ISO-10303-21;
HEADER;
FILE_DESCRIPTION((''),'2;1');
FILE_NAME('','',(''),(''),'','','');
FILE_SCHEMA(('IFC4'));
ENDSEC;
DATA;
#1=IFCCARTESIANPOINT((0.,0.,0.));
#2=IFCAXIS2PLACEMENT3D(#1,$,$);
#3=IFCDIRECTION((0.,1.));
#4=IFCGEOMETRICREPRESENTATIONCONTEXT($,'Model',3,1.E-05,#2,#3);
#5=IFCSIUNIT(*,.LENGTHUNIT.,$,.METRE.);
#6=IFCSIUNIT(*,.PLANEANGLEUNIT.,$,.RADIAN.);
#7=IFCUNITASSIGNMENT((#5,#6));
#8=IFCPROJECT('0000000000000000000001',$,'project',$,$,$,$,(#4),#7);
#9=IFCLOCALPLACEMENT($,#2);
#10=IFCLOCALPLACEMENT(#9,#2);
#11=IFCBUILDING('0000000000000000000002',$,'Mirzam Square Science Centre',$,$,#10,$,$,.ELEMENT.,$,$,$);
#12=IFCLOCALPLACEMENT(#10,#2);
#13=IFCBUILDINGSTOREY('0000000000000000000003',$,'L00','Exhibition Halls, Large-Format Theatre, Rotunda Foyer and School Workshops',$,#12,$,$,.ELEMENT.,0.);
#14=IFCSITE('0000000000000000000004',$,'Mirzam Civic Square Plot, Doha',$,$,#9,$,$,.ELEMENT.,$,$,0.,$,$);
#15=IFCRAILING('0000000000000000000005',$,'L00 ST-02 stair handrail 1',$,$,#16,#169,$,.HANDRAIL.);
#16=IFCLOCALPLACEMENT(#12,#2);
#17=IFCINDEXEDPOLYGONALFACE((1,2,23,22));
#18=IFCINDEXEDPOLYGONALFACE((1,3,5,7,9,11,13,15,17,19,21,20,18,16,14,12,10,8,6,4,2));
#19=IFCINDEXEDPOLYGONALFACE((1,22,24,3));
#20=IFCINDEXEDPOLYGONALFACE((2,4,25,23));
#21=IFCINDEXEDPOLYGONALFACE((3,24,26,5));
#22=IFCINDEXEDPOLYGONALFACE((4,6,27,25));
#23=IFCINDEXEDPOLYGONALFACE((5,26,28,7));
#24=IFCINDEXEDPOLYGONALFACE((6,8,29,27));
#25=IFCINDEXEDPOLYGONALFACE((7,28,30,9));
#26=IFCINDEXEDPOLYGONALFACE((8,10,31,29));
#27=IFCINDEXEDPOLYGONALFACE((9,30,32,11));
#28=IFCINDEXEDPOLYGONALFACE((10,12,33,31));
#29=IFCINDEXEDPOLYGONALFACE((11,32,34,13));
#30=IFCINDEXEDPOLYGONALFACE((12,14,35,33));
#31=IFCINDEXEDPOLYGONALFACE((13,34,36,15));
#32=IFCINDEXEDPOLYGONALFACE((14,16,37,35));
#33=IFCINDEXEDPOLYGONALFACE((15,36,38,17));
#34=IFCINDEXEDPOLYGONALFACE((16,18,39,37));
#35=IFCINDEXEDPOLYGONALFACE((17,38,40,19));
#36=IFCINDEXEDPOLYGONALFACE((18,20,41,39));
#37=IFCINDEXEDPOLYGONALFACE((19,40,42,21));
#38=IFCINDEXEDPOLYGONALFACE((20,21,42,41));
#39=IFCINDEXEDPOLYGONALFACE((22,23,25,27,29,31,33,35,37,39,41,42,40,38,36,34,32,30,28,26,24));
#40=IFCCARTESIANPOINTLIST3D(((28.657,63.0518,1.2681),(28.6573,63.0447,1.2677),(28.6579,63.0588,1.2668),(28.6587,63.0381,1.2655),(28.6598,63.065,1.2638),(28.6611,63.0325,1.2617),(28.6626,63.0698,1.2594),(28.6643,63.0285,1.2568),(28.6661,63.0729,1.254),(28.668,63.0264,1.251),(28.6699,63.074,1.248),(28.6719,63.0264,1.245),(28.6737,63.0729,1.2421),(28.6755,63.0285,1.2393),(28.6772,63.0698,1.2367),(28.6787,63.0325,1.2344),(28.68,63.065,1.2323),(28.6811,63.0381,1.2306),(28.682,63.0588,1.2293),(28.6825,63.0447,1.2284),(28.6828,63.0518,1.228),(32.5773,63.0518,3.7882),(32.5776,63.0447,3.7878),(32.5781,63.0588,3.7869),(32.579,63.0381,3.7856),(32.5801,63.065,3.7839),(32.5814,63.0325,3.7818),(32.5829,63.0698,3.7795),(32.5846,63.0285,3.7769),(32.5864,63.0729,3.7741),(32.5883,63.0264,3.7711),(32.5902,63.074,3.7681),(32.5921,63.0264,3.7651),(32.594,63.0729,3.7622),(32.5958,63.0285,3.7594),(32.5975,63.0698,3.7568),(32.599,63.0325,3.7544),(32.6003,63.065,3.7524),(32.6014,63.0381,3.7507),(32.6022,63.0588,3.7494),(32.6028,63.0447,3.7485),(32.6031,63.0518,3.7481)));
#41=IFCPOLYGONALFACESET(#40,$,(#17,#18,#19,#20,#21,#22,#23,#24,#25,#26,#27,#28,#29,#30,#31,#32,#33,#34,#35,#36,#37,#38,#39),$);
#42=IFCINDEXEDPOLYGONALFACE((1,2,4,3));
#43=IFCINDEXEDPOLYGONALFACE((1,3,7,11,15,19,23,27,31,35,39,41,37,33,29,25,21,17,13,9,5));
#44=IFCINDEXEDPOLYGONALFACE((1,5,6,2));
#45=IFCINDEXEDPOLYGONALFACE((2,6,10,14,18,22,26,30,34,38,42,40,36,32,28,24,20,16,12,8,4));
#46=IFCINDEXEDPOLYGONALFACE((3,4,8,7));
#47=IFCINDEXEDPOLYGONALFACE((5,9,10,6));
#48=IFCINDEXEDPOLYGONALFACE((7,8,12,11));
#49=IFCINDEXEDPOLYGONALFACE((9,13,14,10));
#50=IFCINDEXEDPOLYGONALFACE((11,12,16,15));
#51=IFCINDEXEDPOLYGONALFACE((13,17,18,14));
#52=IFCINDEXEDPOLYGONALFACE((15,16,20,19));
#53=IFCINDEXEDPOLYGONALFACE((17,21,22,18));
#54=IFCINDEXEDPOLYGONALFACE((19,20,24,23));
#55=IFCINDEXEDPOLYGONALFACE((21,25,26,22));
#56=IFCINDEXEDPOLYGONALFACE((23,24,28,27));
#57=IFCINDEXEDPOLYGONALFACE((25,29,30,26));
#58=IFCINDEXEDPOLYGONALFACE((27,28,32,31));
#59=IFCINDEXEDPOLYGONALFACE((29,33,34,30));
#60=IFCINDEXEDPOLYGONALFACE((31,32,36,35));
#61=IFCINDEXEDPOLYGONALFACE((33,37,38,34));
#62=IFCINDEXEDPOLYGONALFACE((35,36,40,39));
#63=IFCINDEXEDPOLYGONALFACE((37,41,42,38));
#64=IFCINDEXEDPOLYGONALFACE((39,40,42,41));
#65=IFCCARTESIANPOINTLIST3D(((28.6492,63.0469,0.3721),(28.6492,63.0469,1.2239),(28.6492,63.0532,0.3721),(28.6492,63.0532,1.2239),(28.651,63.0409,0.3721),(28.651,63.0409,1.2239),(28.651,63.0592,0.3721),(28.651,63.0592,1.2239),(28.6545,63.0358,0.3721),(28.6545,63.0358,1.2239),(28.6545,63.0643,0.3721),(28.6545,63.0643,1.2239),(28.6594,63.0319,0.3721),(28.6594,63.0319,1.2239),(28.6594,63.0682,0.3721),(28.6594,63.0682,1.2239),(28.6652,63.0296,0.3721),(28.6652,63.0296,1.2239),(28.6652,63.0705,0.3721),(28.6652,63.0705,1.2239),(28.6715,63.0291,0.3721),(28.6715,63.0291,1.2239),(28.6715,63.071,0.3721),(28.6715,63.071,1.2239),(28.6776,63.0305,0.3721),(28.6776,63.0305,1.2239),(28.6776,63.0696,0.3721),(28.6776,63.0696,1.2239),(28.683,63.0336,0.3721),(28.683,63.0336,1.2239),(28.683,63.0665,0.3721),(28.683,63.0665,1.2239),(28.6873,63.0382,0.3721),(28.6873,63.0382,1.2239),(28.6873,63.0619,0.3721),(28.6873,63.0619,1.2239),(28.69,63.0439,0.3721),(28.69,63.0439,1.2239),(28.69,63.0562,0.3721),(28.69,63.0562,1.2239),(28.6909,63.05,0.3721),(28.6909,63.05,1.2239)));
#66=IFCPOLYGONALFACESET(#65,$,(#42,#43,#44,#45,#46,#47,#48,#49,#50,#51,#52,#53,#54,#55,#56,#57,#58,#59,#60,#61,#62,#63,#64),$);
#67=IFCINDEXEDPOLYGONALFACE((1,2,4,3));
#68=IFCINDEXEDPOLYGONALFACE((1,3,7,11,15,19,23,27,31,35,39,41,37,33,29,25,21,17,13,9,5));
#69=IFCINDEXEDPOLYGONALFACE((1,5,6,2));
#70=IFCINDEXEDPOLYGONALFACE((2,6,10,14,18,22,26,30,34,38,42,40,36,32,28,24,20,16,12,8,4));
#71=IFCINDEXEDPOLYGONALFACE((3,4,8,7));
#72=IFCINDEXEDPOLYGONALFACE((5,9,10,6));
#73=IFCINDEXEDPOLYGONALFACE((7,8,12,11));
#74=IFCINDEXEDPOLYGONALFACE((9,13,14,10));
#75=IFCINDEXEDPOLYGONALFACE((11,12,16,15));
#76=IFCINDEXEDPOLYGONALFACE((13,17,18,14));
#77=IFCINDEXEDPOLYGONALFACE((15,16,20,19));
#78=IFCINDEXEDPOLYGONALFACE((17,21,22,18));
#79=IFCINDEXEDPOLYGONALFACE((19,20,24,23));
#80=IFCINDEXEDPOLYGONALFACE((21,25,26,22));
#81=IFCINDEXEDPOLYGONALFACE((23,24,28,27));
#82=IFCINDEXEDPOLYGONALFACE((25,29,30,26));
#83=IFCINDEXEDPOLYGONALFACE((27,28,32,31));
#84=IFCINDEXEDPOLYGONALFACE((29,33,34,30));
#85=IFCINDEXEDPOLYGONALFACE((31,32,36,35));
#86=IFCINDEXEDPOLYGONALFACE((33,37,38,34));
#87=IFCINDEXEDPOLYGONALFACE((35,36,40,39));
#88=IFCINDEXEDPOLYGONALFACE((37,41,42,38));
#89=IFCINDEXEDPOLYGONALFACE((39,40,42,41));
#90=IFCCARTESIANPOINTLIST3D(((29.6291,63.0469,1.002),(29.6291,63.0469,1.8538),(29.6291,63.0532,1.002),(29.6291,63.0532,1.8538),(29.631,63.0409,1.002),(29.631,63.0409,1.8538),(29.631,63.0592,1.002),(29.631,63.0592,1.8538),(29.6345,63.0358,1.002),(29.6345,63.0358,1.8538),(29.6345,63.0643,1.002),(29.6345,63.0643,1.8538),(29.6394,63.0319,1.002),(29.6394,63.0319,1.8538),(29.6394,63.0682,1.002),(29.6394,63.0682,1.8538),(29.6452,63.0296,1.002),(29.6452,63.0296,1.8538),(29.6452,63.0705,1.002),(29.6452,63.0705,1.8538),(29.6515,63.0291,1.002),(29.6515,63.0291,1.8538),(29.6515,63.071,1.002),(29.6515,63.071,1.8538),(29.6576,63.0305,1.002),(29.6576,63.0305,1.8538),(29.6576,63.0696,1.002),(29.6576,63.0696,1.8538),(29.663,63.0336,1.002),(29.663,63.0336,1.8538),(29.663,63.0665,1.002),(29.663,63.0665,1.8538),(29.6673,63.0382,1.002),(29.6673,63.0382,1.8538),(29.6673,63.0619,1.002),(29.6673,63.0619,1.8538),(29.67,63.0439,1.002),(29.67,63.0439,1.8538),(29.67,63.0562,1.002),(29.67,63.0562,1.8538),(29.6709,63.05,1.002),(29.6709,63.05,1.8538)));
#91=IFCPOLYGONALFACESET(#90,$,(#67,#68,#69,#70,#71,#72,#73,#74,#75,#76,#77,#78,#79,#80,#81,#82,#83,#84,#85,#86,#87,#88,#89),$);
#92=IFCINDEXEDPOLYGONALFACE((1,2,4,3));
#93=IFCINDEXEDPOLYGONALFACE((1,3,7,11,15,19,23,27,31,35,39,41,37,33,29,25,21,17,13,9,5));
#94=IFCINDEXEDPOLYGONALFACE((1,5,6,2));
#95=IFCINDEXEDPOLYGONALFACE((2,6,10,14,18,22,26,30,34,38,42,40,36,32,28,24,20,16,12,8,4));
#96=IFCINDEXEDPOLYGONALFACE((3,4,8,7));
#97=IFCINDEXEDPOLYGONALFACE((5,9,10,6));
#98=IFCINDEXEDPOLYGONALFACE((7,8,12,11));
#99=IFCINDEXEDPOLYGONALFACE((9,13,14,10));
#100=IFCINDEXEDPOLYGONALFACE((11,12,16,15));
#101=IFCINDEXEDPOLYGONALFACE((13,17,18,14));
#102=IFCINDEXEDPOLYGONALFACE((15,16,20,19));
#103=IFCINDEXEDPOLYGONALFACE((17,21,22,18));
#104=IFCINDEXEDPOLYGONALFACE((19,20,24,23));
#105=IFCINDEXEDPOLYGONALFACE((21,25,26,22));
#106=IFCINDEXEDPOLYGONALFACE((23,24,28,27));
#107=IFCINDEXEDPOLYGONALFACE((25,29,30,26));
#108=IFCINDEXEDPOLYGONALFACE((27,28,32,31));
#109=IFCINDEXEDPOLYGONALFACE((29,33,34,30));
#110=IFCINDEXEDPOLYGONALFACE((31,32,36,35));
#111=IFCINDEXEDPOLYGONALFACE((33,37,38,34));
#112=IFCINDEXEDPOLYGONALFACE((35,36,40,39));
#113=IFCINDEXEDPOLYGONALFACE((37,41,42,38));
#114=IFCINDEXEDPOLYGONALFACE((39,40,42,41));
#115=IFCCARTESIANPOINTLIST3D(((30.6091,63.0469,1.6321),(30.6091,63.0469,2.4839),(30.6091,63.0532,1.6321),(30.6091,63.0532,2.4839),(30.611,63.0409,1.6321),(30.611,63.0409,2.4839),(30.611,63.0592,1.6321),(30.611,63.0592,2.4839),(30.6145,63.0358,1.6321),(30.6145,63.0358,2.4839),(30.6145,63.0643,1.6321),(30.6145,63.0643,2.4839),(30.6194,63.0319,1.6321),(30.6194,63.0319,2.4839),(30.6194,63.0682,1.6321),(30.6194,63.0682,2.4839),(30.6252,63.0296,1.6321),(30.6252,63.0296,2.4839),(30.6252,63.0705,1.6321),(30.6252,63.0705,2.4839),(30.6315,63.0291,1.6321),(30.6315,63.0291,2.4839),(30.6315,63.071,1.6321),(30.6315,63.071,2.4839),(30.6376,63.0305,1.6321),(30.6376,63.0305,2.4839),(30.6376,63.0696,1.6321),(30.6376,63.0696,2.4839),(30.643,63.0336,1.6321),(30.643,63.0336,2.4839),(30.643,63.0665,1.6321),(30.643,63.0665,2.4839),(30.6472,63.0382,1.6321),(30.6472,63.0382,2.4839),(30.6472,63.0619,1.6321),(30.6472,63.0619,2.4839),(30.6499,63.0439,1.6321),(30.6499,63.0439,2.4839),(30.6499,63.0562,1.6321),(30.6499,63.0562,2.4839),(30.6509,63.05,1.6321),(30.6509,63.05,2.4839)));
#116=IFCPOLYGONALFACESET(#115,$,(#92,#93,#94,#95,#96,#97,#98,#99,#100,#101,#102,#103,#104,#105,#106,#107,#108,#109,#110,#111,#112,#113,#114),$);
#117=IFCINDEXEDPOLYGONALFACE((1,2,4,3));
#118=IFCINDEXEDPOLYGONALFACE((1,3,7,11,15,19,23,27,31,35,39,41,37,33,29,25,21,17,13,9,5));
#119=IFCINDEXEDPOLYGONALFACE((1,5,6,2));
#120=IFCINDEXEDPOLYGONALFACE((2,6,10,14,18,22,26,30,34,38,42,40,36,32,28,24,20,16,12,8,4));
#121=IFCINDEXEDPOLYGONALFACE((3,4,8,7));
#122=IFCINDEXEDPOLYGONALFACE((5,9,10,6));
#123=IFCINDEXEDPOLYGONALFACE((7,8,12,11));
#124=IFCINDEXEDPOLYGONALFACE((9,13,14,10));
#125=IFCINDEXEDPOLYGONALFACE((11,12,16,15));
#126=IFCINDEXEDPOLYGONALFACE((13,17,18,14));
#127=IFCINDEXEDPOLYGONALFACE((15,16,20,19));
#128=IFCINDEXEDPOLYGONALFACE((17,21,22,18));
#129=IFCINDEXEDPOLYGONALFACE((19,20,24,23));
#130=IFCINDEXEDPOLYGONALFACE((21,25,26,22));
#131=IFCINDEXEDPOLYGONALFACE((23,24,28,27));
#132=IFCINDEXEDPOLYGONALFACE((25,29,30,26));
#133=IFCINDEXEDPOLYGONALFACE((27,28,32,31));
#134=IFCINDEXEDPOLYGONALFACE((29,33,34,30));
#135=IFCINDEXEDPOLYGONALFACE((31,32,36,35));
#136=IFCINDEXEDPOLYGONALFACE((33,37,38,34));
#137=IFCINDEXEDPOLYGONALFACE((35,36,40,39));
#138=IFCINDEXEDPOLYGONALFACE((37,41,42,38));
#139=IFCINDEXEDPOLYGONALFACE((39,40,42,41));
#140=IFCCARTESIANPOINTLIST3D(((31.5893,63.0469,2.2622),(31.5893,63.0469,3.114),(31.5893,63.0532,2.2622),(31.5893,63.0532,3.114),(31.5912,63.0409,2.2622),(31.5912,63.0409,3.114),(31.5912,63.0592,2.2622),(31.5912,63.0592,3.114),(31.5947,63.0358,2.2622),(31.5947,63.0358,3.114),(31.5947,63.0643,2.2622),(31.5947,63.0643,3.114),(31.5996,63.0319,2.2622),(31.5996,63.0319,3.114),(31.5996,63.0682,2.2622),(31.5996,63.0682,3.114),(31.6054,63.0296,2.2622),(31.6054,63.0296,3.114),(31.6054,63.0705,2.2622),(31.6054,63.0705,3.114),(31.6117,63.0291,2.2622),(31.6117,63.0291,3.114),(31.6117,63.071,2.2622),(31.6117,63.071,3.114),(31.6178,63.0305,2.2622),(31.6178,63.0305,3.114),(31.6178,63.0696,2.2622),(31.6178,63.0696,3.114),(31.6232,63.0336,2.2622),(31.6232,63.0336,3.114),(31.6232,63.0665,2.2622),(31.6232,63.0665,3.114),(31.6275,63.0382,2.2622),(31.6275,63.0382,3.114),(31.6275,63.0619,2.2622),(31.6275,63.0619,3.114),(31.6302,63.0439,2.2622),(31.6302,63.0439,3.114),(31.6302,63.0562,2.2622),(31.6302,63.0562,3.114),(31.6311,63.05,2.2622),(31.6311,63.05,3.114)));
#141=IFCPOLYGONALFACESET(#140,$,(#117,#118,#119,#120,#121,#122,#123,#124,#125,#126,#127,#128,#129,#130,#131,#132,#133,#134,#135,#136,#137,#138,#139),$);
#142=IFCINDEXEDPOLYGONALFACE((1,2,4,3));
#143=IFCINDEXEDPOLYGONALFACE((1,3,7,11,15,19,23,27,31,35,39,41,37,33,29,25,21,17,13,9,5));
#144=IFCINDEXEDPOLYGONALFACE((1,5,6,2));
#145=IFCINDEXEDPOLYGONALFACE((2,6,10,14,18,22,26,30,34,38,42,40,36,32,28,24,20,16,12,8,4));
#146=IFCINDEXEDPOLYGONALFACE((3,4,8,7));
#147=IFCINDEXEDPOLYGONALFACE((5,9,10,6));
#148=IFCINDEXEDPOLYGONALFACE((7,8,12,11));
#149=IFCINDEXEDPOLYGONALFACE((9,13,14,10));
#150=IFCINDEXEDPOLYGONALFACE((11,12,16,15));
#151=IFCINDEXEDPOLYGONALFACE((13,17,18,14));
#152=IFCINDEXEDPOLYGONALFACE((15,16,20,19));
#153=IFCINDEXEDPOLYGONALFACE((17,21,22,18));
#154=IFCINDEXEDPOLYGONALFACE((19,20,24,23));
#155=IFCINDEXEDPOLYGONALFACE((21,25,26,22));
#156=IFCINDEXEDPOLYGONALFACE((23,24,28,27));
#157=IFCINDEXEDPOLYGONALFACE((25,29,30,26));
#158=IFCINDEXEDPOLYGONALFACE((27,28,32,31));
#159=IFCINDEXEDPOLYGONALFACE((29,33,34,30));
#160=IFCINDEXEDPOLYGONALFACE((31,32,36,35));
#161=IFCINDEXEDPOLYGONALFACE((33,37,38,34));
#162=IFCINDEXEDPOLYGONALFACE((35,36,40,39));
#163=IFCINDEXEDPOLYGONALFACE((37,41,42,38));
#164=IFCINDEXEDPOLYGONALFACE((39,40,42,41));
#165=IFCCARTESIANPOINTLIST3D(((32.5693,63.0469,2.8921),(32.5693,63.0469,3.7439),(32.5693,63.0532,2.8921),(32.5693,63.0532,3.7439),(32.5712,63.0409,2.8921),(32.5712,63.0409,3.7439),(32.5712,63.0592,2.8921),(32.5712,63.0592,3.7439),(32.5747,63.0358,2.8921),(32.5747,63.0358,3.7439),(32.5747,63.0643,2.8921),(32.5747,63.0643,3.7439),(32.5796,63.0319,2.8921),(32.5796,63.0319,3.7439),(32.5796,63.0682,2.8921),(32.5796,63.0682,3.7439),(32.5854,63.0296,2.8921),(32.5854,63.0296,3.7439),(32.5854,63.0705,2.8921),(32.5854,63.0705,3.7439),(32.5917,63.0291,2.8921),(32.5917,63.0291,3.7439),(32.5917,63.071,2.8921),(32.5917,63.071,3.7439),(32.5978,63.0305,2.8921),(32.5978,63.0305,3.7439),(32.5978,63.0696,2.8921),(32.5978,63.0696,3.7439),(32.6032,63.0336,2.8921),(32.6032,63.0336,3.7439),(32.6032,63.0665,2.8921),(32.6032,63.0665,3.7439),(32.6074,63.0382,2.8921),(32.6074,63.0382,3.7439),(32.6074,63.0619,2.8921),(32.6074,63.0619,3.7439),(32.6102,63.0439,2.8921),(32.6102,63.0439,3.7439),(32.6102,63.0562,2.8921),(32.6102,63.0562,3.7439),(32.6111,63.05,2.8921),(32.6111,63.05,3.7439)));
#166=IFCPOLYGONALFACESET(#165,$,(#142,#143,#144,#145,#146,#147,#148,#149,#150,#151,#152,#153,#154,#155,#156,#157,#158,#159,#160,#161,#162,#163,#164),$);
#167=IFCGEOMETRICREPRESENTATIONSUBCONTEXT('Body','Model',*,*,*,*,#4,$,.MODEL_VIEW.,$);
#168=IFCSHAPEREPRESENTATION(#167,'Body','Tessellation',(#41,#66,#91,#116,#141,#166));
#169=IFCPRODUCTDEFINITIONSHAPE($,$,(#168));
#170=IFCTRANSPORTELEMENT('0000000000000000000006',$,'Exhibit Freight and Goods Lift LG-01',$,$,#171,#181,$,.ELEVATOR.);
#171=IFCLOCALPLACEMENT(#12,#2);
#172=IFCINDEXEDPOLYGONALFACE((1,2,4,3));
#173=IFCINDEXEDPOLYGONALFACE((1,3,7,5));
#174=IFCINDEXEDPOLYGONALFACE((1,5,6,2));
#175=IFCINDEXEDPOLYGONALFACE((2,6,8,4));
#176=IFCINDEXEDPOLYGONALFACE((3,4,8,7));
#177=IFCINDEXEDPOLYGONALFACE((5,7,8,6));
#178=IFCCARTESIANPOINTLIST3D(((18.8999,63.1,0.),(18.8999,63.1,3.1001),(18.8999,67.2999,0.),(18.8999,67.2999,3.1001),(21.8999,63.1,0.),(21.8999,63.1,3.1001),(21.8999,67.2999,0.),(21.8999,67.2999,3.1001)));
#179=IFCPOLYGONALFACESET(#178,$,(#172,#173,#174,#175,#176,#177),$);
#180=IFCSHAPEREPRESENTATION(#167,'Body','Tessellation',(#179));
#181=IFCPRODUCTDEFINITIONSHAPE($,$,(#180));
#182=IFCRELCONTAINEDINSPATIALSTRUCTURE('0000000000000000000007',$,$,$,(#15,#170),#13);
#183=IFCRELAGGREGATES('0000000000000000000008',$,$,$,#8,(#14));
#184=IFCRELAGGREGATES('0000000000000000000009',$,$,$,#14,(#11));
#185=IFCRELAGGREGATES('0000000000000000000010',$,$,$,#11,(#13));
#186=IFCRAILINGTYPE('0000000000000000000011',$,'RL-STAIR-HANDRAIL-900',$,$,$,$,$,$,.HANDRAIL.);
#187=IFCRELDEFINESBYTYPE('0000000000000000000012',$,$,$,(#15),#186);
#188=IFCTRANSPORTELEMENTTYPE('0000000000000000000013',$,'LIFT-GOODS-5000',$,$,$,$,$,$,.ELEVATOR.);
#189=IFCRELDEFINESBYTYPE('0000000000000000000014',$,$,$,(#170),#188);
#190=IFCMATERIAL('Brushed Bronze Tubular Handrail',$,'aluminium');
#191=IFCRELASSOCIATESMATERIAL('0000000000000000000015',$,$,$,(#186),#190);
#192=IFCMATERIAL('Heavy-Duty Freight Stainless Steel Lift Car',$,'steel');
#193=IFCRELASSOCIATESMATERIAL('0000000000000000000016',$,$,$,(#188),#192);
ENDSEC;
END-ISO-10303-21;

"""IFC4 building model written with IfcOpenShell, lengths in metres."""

from ifc_helpers import new_model, si_unit, direction, frame, origin, origin_2d, place, context, subcontext, project, spatial, rectangle, circle, extrude, material, type_object, element, save


model = new_model("IFC4")

# Units and contexts
model_context = context("Model", 3, precision=1e-05, world=origin(), true_north=direction((0.0, 1.0)))
body_context = subcontext(model_context, "Body", "Model", "MODEL_VIEW")
ifc_project = project(units=[si_unit("LENGTHUNIT", "METRE"), si_unit("PLANEANGLEUNIT", "RADIAN")], contexts=[model_context])

# Site, building, storey
site_placement = place(None, origin())
site = spatial("IfcSite", under=ifc_project, at=site_placement, Name="Mirzam Civic Square Plot, Doha", CompositionType="ELEMENT", RefElevation=0.0)
building_placement = place(site_placement, origin())
building = spatial("IfcBuilding", under=site, at=building_placement, Name="Mirzam Square Science Centre", CompositionType="ELEMENT")
storey_placement = place(building_placement, origin())
storey = spatial("IfcBuildingStorey", under=building, at=storey_placement, Name="L00", Description="Exhibition Halls, Large-Format Theatre, Rotunda Foyer and School Workshops", CompositionType="ELEMENT", Elevation=0.0)

# Railing
ifc_material_1 = material(Name="Brushed Bronze Tubular Handrail", Category="aluminium")
railing_type_1 = type_object("IfcRailingType", Name="RL-STAIR-HANDRAIL-900", PredefinedType="HANDRAIL", material=ifc_material_1)
railing_1_placement = place(storey_placement, frame((28.6699, 63.05, 0.3721)))
element("IfcRailing", 1, at=railing_1_placement, inside=storey, type_object=railing_type_1, Name="L00 ST-02 stair handrail 1", PredefinedType="HANDRAIL", context=body_context, shape_type="SweptSolid", body=[
    extrude(circle(Radius=0.0239, at=origin_2d()), frame((0.0, 0.0, 0.876), z_axis=(0.841187, 0.0, 0.540744), x_axis=(0.0, 1.0, 0.0)), (0.0, 0.0, 1.0), 4.6604),
    extrude(circle(Radius=0.021, at=origin_2d()), origin(), (0.0, 0.0, 1.0), 0.8518),
    extrude(circle(Radius=0.021, at=origin_2d()), frame((0.98, 0.0, 0.6299)), (0.0, 0.0, 1.0), 0.8518),
    extrude(circle(Radius=0.021, at=origin_2d()), frame((1.96, 0.0, 1.26)), (0.0, 0.0, 1.0), 0.8518),
    extrude(circle(Radius=0.021, at=origin_2d()), frame((2.9402, 0.0, 1.8901)), (0.0, 0.0, 1.0), 0.8518),
    extrude(circle(Radius=0.021, at=origin_2d()), frame((3.9202, 0.0, 2.52)), (0.0, 0.0, 1.0), 0.8518),
])

# Transport element
ifc_material_2 = material(Name="Heavy-Duty Freight Stainless Steel Lift Car", Category="steel")
transport_element_type = type_object("IfcTransportElementType", Name="LIFT-GOODS-5000", PredefinedType="ELEVATOR", material=ifc_material_2)
transport_element_placement = place(storey_placement, frame((20.3999, 65.2, 0.0), z_axis=(0.0, 0.0, 1.0), x_axis=(1.0, 0.0, 0.0)))
element("IfcTransportElement", 2, at=transport_element_placement, inside=storey, type_object=transport_element_type, Name="Exhibit Freight and Goods Lift LG-01", PredefinedType="ELEVATOR", context=body_context, shape_type="SweptSolid", body=[
    extrude(rectangle(XDim=3.0, YDim=4.2, at=origin_2d()), origin(), (0.0, 0.0, 1.0), 3.1001),
])

save(model, "model.ifc")
